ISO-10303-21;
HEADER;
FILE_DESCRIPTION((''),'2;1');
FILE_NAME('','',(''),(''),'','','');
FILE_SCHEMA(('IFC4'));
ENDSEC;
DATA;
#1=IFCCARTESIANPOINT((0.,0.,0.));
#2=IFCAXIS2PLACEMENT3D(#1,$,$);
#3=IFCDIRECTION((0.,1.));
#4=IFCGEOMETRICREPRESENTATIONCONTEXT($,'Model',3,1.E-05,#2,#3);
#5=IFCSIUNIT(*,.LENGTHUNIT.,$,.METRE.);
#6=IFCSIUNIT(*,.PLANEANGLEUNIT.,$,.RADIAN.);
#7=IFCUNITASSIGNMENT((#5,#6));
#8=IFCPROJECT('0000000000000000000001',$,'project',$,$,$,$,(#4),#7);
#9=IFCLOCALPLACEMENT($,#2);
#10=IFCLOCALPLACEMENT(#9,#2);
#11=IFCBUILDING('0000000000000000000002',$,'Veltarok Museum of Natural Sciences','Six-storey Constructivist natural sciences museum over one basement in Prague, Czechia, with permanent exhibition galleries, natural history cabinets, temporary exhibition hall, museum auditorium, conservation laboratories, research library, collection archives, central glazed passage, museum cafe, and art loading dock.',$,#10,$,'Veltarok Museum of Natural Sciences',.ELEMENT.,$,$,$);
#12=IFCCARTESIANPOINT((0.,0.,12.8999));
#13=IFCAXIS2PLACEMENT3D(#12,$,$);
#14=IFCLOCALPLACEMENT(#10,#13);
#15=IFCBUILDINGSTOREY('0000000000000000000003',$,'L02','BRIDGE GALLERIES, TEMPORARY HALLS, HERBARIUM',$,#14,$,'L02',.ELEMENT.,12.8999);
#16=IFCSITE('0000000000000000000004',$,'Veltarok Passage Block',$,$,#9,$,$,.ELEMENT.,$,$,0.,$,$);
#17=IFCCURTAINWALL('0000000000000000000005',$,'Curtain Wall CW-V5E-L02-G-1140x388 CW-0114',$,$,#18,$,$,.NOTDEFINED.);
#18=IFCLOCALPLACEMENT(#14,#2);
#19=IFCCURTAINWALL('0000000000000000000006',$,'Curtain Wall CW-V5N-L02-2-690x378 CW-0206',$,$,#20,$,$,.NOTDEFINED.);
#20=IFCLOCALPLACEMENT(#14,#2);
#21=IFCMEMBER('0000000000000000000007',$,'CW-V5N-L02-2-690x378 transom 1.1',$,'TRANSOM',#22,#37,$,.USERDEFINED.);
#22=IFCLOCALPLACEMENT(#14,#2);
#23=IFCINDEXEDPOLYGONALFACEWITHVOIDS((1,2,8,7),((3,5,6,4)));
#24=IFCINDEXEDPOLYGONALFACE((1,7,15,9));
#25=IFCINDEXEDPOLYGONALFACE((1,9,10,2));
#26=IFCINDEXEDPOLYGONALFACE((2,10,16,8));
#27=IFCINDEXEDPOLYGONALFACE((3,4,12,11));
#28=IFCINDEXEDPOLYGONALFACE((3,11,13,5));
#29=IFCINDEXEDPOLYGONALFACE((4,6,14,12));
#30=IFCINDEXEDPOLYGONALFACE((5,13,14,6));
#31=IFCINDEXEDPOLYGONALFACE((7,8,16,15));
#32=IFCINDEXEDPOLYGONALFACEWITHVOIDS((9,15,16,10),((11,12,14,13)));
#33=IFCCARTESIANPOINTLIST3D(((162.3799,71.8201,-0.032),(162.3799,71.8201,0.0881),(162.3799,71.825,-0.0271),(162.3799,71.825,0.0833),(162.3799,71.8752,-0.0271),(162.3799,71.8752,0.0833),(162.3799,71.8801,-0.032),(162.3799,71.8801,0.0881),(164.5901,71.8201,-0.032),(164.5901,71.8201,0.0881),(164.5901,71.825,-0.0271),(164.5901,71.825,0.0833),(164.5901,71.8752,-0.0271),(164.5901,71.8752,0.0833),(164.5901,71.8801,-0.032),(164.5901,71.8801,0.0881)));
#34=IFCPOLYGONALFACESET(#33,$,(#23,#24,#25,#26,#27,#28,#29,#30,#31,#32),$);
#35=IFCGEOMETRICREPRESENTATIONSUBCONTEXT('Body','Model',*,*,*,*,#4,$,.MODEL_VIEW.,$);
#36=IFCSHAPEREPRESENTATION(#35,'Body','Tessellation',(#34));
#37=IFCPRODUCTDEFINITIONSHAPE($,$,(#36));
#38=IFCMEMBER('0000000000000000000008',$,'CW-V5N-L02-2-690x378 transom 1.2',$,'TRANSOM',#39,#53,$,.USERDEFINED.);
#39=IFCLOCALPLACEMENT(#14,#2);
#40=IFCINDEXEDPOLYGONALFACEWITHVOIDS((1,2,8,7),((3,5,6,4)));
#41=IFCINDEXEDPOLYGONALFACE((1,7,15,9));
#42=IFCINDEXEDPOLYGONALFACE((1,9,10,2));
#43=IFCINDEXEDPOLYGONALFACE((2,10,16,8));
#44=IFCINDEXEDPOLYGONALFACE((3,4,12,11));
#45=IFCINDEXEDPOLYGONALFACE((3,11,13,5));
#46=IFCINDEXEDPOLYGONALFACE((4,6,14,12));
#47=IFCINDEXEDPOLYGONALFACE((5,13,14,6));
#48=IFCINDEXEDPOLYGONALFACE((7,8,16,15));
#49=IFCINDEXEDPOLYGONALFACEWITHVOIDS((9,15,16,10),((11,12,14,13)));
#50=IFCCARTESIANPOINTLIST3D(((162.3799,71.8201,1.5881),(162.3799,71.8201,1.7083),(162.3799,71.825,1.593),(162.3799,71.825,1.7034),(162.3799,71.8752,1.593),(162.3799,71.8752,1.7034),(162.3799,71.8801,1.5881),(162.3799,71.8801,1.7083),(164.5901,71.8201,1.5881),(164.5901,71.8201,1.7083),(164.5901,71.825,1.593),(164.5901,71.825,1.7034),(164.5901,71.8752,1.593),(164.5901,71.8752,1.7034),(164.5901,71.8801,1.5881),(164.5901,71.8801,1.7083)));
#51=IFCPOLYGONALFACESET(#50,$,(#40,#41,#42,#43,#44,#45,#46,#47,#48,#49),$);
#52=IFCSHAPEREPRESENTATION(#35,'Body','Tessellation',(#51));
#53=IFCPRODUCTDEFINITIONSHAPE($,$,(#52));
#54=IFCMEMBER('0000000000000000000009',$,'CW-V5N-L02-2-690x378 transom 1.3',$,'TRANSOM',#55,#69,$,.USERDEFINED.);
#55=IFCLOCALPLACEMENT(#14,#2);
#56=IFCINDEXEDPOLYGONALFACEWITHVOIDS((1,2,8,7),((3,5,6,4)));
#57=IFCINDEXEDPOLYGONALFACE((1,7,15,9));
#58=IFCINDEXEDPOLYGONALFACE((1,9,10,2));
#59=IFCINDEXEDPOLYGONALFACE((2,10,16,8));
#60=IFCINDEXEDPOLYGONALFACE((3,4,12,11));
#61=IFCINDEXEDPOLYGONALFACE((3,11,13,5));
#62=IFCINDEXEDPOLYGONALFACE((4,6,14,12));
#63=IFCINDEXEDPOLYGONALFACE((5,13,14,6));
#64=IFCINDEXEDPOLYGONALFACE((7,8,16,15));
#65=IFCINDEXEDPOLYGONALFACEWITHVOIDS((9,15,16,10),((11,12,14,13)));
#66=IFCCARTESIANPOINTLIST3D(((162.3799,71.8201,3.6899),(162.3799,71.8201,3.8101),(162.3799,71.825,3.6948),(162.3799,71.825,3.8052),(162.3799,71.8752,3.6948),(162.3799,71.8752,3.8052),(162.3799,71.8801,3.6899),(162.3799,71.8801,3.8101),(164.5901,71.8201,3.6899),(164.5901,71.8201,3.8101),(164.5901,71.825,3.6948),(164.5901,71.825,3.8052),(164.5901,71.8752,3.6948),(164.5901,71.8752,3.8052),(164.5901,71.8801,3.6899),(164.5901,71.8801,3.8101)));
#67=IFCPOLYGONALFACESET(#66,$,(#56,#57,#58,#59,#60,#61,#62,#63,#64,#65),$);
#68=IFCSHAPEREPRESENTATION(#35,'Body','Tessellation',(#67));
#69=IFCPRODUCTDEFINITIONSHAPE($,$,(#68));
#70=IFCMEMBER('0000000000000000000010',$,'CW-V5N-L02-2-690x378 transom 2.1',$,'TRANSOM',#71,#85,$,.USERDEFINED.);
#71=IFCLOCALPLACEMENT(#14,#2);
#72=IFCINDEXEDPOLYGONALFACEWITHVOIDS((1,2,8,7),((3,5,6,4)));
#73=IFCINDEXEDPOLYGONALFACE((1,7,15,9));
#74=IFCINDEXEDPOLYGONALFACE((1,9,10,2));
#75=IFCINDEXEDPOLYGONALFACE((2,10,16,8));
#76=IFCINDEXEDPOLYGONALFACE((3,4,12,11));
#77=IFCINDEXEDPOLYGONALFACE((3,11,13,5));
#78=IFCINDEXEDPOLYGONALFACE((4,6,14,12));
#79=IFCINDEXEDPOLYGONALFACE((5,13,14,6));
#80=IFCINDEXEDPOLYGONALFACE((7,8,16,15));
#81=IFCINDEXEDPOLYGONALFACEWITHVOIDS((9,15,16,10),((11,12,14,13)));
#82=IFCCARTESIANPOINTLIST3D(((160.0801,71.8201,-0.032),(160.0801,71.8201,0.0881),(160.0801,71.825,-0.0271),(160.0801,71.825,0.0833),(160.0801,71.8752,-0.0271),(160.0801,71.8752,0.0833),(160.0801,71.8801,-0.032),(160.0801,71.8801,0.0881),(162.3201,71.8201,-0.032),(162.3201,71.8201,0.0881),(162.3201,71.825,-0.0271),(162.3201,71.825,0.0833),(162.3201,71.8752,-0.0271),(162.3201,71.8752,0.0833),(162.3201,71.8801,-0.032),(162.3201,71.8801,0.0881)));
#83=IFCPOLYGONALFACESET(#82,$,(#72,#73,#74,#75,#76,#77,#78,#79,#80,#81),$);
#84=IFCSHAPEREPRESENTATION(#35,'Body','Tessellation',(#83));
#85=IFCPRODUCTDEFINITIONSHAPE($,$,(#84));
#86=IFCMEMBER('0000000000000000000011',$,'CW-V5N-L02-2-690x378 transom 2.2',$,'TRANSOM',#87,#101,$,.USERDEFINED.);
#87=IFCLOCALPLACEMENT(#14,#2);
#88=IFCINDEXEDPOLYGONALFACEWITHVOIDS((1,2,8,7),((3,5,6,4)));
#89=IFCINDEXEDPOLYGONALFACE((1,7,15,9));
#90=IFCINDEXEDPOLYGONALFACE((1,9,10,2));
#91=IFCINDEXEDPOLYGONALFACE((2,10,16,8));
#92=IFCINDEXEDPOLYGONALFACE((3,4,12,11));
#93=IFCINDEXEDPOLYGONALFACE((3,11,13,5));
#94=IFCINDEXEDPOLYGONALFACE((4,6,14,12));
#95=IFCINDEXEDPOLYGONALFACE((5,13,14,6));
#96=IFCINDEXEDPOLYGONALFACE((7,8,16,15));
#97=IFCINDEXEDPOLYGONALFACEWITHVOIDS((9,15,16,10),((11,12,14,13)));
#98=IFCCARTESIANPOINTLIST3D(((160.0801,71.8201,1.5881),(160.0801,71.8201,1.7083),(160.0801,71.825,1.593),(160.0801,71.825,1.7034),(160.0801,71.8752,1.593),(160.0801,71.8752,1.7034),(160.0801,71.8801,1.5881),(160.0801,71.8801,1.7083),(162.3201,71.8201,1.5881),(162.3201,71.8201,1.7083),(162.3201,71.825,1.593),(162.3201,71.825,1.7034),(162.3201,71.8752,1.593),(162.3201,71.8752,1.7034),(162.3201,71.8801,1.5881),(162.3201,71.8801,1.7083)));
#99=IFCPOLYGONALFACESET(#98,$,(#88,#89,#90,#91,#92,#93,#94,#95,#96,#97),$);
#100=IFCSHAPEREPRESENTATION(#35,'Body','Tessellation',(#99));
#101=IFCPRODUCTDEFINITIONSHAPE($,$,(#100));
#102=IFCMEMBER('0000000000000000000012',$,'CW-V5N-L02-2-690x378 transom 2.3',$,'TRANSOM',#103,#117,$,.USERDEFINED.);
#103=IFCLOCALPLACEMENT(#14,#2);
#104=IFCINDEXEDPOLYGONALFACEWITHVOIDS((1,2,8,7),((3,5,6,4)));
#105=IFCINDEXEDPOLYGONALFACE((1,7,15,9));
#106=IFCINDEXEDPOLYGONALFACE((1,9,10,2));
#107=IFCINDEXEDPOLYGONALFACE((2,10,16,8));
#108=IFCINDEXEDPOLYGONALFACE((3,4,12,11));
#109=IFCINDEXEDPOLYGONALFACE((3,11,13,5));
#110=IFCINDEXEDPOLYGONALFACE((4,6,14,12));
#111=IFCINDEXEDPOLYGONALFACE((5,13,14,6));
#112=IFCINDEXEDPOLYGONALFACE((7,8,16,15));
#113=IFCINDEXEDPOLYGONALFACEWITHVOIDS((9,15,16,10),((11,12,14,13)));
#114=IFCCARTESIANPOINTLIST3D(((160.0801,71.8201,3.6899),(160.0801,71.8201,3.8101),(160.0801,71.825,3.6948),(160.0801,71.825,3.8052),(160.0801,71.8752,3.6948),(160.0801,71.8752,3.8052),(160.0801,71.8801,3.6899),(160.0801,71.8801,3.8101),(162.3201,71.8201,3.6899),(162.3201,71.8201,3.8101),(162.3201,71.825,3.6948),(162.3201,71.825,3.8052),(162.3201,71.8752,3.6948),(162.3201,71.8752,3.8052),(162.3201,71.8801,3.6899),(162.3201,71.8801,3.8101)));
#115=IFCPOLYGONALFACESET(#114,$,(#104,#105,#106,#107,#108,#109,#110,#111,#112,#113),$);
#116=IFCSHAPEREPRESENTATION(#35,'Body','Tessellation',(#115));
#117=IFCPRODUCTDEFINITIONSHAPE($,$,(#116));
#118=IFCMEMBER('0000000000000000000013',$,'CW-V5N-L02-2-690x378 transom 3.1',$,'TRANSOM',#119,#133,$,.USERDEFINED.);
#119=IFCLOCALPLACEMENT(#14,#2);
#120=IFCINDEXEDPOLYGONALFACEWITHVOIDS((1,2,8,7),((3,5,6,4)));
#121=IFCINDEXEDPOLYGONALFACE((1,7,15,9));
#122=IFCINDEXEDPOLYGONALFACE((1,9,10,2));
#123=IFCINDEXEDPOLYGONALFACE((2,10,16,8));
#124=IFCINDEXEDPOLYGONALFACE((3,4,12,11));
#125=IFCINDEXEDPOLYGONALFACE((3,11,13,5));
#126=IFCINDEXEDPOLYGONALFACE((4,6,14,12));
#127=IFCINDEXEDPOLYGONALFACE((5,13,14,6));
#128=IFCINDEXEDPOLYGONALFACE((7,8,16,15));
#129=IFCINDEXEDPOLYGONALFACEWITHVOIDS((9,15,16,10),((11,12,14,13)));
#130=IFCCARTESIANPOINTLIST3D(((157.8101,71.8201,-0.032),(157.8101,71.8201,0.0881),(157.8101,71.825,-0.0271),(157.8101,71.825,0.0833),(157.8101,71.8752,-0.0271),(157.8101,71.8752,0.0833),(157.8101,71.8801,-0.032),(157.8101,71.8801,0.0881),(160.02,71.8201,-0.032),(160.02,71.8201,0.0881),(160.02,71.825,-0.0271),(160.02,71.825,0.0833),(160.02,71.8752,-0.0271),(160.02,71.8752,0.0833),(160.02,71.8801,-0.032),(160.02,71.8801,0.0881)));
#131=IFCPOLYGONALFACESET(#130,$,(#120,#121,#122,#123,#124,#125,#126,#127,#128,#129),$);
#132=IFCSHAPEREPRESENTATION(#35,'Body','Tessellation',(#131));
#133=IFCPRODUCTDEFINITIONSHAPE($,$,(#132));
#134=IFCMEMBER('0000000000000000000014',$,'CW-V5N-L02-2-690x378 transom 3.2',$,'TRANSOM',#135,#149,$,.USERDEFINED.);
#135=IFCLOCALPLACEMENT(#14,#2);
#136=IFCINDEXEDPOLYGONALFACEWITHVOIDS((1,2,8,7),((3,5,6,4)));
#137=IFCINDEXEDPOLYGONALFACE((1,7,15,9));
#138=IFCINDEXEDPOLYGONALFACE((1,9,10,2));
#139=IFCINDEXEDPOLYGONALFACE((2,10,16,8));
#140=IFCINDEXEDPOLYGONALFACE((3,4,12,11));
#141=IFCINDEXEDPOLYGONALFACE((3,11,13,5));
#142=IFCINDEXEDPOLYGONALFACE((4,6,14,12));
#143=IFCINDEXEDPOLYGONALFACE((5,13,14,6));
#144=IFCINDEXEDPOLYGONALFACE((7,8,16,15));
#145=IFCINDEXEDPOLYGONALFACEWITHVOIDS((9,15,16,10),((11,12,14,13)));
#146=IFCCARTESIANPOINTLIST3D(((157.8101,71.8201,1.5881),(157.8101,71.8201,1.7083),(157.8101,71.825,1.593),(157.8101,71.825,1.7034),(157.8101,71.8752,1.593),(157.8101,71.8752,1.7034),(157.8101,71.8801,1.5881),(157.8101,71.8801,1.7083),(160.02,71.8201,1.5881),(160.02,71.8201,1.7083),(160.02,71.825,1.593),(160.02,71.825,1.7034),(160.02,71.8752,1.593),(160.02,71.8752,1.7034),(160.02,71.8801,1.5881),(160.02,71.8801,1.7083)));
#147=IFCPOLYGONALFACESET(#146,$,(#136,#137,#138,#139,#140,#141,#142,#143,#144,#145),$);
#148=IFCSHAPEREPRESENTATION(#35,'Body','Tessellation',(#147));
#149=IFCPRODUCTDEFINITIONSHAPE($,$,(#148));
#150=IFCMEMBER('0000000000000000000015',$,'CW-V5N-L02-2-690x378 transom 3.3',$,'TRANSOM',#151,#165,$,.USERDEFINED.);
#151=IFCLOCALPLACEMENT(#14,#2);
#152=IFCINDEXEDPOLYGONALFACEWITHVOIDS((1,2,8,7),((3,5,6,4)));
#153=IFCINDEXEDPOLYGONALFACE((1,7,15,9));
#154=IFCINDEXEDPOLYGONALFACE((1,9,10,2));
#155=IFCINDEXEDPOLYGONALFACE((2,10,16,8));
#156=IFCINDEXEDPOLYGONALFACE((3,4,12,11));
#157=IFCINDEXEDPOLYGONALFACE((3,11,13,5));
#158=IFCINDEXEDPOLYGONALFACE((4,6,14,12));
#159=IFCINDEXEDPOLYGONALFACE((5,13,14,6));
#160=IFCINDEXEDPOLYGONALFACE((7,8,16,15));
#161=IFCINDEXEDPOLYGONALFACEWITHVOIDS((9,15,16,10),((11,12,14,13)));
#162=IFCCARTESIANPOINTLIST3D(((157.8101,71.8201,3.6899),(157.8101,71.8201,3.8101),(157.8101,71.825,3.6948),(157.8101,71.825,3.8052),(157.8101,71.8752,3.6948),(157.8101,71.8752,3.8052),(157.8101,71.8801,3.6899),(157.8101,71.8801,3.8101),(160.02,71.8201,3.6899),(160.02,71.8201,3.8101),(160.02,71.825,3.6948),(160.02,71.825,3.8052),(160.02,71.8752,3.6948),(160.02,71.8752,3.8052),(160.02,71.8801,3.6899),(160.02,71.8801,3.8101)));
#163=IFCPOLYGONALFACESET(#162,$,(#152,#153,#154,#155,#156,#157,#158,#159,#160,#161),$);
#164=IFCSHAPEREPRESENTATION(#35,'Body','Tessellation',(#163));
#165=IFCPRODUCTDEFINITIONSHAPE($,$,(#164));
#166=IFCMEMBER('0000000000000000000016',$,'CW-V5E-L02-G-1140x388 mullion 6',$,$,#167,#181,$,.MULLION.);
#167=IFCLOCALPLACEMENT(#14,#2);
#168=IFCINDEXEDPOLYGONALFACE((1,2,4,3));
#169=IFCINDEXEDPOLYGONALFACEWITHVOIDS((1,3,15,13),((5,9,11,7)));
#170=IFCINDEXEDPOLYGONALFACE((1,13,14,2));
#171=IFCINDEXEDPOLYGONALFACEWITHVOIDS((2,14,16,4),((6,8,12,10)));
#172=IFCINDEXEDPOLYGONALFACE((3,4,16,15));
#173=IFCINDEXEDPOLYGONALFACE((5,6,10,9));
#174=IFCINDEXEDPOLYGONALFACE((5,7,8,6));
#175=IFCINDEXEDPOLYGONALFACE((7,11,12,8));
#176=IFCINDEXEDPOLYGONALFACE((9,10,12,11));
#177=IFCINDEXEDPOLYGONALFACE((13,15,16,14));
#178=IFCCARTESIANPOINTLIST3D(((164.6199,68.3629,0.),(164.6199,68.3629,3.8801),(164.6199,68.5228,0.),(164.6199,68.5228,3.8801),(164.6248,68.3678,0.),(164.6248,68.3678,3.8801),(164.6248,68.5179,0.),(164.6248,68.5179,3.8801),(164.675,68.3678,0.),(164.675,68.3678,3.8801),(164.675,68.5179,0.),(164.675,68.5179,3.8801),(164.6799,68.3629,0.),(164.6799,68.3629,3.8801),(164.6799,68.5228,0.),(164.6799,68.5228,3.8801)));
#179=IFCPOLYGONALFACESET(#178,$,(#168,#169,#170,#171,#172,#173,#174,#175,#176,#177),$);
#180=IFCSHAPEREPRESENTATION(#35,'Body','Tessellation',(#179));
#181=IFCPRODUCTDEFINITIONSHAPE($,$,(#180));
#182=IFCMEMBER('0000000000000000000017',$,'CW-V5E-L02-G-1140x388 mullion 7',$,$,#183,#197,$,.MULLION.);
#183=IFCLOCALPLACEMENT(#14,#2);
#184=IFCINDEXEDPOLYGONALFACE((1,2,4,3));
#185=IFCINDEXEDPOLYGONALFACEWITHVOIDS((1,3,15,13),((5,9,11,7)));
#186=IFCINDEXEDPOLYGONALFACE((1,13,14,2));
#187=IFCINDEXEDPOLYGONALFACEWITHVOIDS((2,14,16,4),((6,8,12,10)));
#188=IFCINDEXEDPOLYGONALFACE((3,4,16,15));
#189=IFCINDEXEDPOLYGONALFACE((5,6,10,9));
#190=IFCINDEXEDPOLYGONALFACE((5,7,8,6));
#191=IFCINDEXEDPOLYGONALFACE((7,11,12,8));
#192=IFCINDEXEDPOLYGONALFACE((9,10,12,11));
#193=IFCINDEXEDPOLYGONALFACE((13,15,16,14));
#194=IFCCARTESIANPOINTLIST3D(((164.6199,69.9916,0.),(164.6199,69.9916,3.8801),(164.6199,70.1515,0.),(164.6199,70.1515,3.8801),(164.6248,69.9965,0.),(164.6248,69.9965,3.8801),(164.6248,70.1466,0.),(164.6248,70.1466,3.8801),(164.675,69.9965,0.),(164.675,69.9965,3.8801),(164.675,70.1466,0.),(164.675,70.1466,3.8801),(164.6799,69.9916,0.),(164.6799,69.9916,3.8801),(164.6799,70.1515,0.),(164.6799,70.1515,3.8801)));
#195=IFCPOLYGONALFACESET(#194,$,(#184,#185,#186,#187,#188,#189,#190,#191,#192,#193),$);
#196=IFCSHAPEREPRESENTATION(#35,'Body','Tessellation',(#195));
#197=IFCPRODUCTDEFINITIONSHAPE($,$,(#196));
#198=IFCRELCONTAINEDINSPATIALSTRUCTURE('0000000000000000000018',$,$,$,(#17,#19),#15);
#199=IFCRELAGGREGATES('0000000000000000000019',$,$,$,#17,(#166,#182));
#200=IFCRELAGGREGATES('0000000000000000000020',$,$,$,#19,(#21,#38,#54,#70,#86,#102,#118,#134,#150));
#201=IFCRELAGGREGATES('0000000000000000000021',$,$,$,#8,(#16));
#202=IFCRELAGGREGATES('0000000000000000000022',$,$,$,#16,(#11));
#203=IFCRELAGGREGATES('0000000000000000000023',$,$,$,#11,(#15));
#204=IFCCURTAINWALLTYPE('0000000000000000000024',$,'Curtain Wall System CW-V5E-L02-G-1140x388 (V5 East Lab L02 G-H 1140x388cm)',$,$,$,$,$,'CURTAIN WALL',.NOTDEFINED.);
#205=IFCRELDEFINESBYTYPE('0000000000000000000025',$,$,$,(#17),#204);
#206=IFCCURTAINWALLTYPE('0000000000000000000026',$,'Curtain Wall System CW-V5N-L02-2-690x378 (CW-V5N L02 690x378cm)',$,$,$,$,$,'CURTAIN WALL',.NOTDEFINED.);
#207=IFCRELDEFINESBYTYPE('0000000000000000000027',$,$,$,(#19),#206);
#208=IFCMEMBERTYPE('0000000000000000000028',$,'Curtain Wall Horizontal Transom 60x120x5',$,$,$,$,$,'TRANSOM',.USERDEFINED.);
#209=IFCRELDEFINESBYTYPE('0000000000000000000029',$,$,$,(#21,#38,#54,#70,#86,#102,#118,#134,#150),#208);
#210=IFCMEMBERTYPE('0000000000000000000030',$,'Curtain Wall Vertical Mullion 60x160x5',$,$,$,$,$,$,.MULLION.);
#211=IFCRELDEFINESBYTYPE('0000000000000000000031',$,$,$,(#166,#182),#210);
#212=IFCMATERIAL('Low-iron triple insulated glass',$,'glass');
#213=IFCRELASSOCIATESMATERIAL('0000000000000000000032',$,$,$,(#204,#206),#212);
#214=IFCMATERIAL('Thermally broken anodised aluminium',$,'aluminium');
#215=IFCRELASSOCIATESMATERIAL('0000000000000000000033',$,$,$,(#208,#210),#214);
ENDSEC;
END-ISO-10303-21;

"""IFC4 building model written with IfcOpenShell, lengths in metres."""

from ifc_helpers import new_model, si_unit, direction, frame, origin, origin_2d, place, context, subcontext, project, spatial, hollow_rectangle, extrude, material, material_profile, profile_set, type_object, element, aggregate, save


model = new_model("IFC4")

# Units and contexts
model_context = context("Model", 3, precision=1e-05, world=origin(), true_north=direction((0.0, 1.0)))
body_context = subcontext(model_context, "Body", "Model", "MODEL_VIEW")
ifc_project = project(units=[si_unit("LENGTHUNIT", "METRE"), si_unit("PLANEANGLEUNIT", "RADIAN")], contexts=[model_context])

# Site, building, storey
site_placement = place(None, origin())
site = spatial("IfcSite", under=ifc_project, at=site_placement, Name="Veltarok Passage Block", CompositionType="ELEMENT", RefElevation=0.0)
building_placement = place(site_placement, origin())
building = spatial("IfcBuilding", under=site, at=building_placement, Name="Veltarok Museum of Natural Sciences", Description="Six-storey Constructivist natural sciences museum over one basement in Prague, Czechia, with permanent exhibition galleries, natural history cabinets, temporary exhibition hall, museum auditorium, conservation laboratories, research library, collection archives, central glazed passage, museum cafe, and art loading dock.", LongName="Veltarok Museum of Natural Sciences", CompositionType="ELEMENT")
storey_placement = place(building_placement, frame((0.0, 0.0, 12.8999)))
storey = spatial("IfcBuildingStorey", under=building, at=storey_placement, Name="L02", Description="BRIDGE GALLERIES, TEMPORARY HALLS, HERBARIUM", LongName="L02", CompositionType="ELEMENT", Elevation=12.8999)

# Curtain walls, members
ifc_material_1 = material(Name="Low-iron triple insulated glass", Category="glass")
curtain_wall_type_1 = type_object("IfcCurtainWallType", Name="Curtain Wall System CW-V5E-L02-G-1140x388 (V5 East Lab L02 G-H 1140x388cm)", ElementType="CURTAIN WALL", PredefinedType="NOTDEFINED", material=ifc_material_1)
curtain_wall_1_placement = place(storey_placement, origin())
curtain_wall_1 = element("IfcCurtainWall", 1, at=curtain_wall_1_placement, inside=storey, type_object=curtain_wall_type_1, Name="Curtain Wall CW-V5E-L02-G-1140x388 CW-0114", PredefinedType="NOTDEFINED")
ifc_material_2 = material(Name="Thermally broken anodised aluminium", Category="aluminium")
ifc_material_profile_1 = material_profile(ifc_material_2, hollow_rectangle(XDim=0.0601, YDim=0.1201, WallThickness=0.0049, at=origin_2d()), Name="CW TRANSOM 60x120x5")
ifc_profile_set_1 = profile_set([ifc_material_profile_1], Name="Thermally broken anodised aluminium")
member_type_1 = type_object("IfcMemberType", Name="Curtain Wall Horizontal Transom 60x120x5", ElementType="TRANSOM", PredefinedType="USERDEFINED", material=ifc_profile_set_1)
curtain_wall_type_2 = type_object("IfcCurtainWallType", Name="Curtain Wall System CW-V5N-L02-2-690x378 (CW-V5N L02 690x378cm)", ElementType="CURTAIN WALL", PredefinedType="NOTDEFINED", material=ifc_material_1)
curtain_wall_2_placement = place(storey_placement, origin())
curtain_wall_2 = element("IfcCurtainWall", 2, at=curtain_wall_2_placement, inside=storey, type_object=curtain_wall_type_2, Name="Curtain Wall CW-V5N-L02-2-690x378 CW-0206", PredefinedType="NOTDEFINED")
member_1_placement = place(storey_placement, frame((164.5901, 71.8501, 0.0281), z_axis=(-1.0, 0.0, 0.0), x_axis=(0.0, -1.0, 0.0)))
member_1 = element("IfcMember", 3, at=member_1_placement, type_object=member_type_1, Name="CW-V5N-L02-2-690x378 transom 1.1", ObjectType="TRANSOM", PredefinedType="USERDEFINED", context=body_context, shape_type="SweptSolid", body=[
    extrude(hollow_rectangle(XDim=0.0601, YDim=0.1201, WallThickness=0.0049, at=origin_2d()), origin(), (0.0, 0.0, 1.0), 2.2102),
])
member_2_placement = place(storey_placement, frame((164.5901, 71.8501, 1.6482), z_axis=(-1.0, 0.0, 0.0), x_axis=(0.0, -1.0, 0.0)))
member_2 = element("IfcMember", 4, at=member_2_placement, type_object=member_type_1, Name="CW-V5N-L02-2-690x378 transom 1.2", ObjectType="TRANSOM", PredefinedType="USERDEFINED", context=body_context, shape_type="SweptSolid", body=[
    extrude(hollow_rectangle(XDim=0.0601, YDim=0.1201, WallThickness=0.0049, at=origin_2d()), origin(), (0.0, 0.0, 1.0), 2.2102),
])
member_3_placement = place(storey_placement, frame((164.5901, 71.8501, 3.75), z_axis=(-1.0, 0.0, 0.0), x_axis=(0.0, -1.0, 0.0)))
member_3 = element("IfcMember", 5, at=member_3_placement, type_object=member_type_1, Name="CW-V5N-L02-2-690x378 transom 1.3", ObjectType="TRANSOM", PredefinedType="USERDEFINED", context=body_context, shape_type="SweptSolid", body=[
    extrude(hollow_rectangle(XDim=0.0601, YDim=0.1201, WallThickness=0.0049, at=origin_2d()), origin(), (0.0, 0.0, 1.0), 2.2102),
])
member_4_placement = place(storey_placement, frame((162.3201, 71.8501, 0.0281), z_axis=(-1.0, 0.0, 0.0), x_axis=(0.0, -1.0, 0.0)))
member_4 = element("IfcMember", 6, at=member_4_placement, type_object=member_type_1, Name="CW-V5N-L02-2-690x378 transom 2.1", ObjectType="TRANSOM", PredefinedType="USERDEFINED", context=body_context, shape_type="SweptSolid", body=[
    extrude(hollow_rectangle(XDim=0.0601, YDim=0.1201, WallThickness=0.0049, at=origin_2d()), origin(), (0.0, 0.0, 1.0), 2.24),
])
member_5_placement = place(storey_placement, frame((162.3201, 71.8501, 1.6482), z_axis=(-1.0, 0.0, 0.0), x_axis=(0.0, -1.0, 0.0)))
member_5 = element("IfcMember", 7, at=member_5_placement, type_object=member_type_1, Name="CW-V5N-L02-2-690x378 transom 2.2", ObjectType="TRANSOM", PredefinedType="USERDEFINED", context=body_context, shape_type="SweptSolid", body=[
    extrude(hollow_rectangle(XDim=0.0601, YDim=0.1201, WallThickness=0.0049, at=origin_2d()), origin(), (0.0, 0.0, 1.0), 2.24),
])
member_6_placement = place(storey_placement, frame((162.3201, 71.8501, 3.75), z_axis=(-1.0, 0.0, 0.0), x_axis=(0.0, -1.0, 0.0)))
member_6 = element("IfcMember", 8, at=member_6_placement, type_object=member_type_1, Name="CW-V5N-L02-2-690x378 transom 2.3", ObjectType="TRANSOM", PredefinedType="USERDEFINED", context=body_context, shape_type="SweptSolid", body=[
    extrude(hollow_rectangle(XDim=0.0601, YDim=0.1201, WallThickness=0.0049, at=origin_2d()), origin(), (0.0, 0.0, 1.0), 2.24),
])
member_7_placement = place(storey_placement, frame((160.02, 71.8501, 0.0281), z_axis=(-1.0, 0.0, 0.0), x_axis=(0.0, -1.0, 0.0)))
member_7 = element("IfcMember", 9, at=member_7_placement, type_object=member_type_1, Name="CW-V5N-L02-2-690x378 transom 3.1", ObjectType="TRANSOM", PredefinedType="USERDEFINED", context=body_context, shape_type="SweptSolid", body=[
    extrude(hollow_rectangle(XDim=0.0601, YDim=0.1201, WallThickness=0.0049, at=origin_2d()), origin(), (0.0, 0.0, 1.0), 2.21),
])
member_8_placement = place(storey_placement, frame((160.02, 71.8501, 1.6482), z_axis=(-1.0, 0.0, 0.0), x_axis=(0.0, -1.0, 0.0)))
member_8 = element("IfcMember", 10, at=member_8_placement, type_object=member_type_1, Name="CW-V5N-L02-2-690x378 transom 3.2", ObjectType="TRANSOM", PredefinedType="USERDEFINED", context=body_context, shape_type="SweptSolid", body=[
    extrude(hollow_rectangle(XDim=0.0601, YDim=0.1201, WallThickness=0.0049, at=origin_2d()), origin(), (0.0, 0.0, 1.0), 2.21),
])
member_9_placement = place(storey_placement, frame((160.02, 71.8501, 3.75), z_axis=(-1.0, 0.0, 0.0), x_axis=(0.0, -1.0, 0.0)))
member_9 = element("IfcMember", 11, at=member_9_placement, type_object=member_type_1, Name="CW-V5N-L02-2-690x378 transom 3.3", ObjectType="TRANSOM", PredefinedType="USERDEFINED", context=body_context, shape_type="SweptSolid", body=[
    extrude(hollow_rectangle(XDim=0.0601, YDim=0.1201, WallThickness=0.0049, at=origin_2d()), origin(), (0.0, 0.0, 1.0), 2.21),
])

# Members
ifc_material_profile_2 = material_profile(ifc_material_2, hollow_rectangle(XDim=0.0601, YDim=0.1599, WallThickness=0.0049, at=origin_2d()), Name="CW MULLION 60x160x5")
ifc_profile_set_2 = profile_set([ifc_material_profile_2], Name="Thermally broken anodised aluminium")
member_type_2 = type_object("IfcMemberType", Name="Curtain Wall Vertical Mullion 60x160x5", PredefinedType="MULLION", material=ifc_profile_set_2)
member_10_placement = place(storey_placement, frame((164.6499, 68.4429, 0.0), z_axis=(0.0, 0.0, 1.0), x_axis=(-1.0, 0.0, 0.0)))
member_10 = element("IfcMember", 12, at=member_10_placement, type_object=member_type_2, Name="CW-V5E-L02-G-1140x388 mullion 6", PredefinedType="MULLION", context=body_context, shape_type="SweptSolid", body=[
    extrude(hollow_rectangle(XDim=0.0601, YDim=0.1599, WallThickness=0.0049, at=origin_2d()), origin(), (0.0, 0.0, 1.0), 3.8801),
])
member_11_placement = place(storey_placement, frame((164.6499, 70.0715, 0.0), z_axis=(0.0, 0.0, 1.0), x_axis=(-1.0, 0.0, 0.0)))
member_11 = element("IfcMember", 13, at=member_11_placement, type_object=member_type_2, Name="CW-V5E-L02-G-1140x388 mullion 7", PredefinedType="MULLION", context=body_context, shape_type="SweptSolid", body=[
    extrude(hollow_rectangle(XDim=0.0601, YDim=0.1599, WallThickness=0.0049, at=origin_2d()), origin(), (0.0, 0.0, 1.0), 3.8801),
])

aggregate(curtain_wall_1, [member_10, member_11])
aggregate(curtain_wall_2, [member_1, member_2, member_3, member_4, member_5, member_6, member_7, member_8, member_9])

save(model, "model.ifc")
